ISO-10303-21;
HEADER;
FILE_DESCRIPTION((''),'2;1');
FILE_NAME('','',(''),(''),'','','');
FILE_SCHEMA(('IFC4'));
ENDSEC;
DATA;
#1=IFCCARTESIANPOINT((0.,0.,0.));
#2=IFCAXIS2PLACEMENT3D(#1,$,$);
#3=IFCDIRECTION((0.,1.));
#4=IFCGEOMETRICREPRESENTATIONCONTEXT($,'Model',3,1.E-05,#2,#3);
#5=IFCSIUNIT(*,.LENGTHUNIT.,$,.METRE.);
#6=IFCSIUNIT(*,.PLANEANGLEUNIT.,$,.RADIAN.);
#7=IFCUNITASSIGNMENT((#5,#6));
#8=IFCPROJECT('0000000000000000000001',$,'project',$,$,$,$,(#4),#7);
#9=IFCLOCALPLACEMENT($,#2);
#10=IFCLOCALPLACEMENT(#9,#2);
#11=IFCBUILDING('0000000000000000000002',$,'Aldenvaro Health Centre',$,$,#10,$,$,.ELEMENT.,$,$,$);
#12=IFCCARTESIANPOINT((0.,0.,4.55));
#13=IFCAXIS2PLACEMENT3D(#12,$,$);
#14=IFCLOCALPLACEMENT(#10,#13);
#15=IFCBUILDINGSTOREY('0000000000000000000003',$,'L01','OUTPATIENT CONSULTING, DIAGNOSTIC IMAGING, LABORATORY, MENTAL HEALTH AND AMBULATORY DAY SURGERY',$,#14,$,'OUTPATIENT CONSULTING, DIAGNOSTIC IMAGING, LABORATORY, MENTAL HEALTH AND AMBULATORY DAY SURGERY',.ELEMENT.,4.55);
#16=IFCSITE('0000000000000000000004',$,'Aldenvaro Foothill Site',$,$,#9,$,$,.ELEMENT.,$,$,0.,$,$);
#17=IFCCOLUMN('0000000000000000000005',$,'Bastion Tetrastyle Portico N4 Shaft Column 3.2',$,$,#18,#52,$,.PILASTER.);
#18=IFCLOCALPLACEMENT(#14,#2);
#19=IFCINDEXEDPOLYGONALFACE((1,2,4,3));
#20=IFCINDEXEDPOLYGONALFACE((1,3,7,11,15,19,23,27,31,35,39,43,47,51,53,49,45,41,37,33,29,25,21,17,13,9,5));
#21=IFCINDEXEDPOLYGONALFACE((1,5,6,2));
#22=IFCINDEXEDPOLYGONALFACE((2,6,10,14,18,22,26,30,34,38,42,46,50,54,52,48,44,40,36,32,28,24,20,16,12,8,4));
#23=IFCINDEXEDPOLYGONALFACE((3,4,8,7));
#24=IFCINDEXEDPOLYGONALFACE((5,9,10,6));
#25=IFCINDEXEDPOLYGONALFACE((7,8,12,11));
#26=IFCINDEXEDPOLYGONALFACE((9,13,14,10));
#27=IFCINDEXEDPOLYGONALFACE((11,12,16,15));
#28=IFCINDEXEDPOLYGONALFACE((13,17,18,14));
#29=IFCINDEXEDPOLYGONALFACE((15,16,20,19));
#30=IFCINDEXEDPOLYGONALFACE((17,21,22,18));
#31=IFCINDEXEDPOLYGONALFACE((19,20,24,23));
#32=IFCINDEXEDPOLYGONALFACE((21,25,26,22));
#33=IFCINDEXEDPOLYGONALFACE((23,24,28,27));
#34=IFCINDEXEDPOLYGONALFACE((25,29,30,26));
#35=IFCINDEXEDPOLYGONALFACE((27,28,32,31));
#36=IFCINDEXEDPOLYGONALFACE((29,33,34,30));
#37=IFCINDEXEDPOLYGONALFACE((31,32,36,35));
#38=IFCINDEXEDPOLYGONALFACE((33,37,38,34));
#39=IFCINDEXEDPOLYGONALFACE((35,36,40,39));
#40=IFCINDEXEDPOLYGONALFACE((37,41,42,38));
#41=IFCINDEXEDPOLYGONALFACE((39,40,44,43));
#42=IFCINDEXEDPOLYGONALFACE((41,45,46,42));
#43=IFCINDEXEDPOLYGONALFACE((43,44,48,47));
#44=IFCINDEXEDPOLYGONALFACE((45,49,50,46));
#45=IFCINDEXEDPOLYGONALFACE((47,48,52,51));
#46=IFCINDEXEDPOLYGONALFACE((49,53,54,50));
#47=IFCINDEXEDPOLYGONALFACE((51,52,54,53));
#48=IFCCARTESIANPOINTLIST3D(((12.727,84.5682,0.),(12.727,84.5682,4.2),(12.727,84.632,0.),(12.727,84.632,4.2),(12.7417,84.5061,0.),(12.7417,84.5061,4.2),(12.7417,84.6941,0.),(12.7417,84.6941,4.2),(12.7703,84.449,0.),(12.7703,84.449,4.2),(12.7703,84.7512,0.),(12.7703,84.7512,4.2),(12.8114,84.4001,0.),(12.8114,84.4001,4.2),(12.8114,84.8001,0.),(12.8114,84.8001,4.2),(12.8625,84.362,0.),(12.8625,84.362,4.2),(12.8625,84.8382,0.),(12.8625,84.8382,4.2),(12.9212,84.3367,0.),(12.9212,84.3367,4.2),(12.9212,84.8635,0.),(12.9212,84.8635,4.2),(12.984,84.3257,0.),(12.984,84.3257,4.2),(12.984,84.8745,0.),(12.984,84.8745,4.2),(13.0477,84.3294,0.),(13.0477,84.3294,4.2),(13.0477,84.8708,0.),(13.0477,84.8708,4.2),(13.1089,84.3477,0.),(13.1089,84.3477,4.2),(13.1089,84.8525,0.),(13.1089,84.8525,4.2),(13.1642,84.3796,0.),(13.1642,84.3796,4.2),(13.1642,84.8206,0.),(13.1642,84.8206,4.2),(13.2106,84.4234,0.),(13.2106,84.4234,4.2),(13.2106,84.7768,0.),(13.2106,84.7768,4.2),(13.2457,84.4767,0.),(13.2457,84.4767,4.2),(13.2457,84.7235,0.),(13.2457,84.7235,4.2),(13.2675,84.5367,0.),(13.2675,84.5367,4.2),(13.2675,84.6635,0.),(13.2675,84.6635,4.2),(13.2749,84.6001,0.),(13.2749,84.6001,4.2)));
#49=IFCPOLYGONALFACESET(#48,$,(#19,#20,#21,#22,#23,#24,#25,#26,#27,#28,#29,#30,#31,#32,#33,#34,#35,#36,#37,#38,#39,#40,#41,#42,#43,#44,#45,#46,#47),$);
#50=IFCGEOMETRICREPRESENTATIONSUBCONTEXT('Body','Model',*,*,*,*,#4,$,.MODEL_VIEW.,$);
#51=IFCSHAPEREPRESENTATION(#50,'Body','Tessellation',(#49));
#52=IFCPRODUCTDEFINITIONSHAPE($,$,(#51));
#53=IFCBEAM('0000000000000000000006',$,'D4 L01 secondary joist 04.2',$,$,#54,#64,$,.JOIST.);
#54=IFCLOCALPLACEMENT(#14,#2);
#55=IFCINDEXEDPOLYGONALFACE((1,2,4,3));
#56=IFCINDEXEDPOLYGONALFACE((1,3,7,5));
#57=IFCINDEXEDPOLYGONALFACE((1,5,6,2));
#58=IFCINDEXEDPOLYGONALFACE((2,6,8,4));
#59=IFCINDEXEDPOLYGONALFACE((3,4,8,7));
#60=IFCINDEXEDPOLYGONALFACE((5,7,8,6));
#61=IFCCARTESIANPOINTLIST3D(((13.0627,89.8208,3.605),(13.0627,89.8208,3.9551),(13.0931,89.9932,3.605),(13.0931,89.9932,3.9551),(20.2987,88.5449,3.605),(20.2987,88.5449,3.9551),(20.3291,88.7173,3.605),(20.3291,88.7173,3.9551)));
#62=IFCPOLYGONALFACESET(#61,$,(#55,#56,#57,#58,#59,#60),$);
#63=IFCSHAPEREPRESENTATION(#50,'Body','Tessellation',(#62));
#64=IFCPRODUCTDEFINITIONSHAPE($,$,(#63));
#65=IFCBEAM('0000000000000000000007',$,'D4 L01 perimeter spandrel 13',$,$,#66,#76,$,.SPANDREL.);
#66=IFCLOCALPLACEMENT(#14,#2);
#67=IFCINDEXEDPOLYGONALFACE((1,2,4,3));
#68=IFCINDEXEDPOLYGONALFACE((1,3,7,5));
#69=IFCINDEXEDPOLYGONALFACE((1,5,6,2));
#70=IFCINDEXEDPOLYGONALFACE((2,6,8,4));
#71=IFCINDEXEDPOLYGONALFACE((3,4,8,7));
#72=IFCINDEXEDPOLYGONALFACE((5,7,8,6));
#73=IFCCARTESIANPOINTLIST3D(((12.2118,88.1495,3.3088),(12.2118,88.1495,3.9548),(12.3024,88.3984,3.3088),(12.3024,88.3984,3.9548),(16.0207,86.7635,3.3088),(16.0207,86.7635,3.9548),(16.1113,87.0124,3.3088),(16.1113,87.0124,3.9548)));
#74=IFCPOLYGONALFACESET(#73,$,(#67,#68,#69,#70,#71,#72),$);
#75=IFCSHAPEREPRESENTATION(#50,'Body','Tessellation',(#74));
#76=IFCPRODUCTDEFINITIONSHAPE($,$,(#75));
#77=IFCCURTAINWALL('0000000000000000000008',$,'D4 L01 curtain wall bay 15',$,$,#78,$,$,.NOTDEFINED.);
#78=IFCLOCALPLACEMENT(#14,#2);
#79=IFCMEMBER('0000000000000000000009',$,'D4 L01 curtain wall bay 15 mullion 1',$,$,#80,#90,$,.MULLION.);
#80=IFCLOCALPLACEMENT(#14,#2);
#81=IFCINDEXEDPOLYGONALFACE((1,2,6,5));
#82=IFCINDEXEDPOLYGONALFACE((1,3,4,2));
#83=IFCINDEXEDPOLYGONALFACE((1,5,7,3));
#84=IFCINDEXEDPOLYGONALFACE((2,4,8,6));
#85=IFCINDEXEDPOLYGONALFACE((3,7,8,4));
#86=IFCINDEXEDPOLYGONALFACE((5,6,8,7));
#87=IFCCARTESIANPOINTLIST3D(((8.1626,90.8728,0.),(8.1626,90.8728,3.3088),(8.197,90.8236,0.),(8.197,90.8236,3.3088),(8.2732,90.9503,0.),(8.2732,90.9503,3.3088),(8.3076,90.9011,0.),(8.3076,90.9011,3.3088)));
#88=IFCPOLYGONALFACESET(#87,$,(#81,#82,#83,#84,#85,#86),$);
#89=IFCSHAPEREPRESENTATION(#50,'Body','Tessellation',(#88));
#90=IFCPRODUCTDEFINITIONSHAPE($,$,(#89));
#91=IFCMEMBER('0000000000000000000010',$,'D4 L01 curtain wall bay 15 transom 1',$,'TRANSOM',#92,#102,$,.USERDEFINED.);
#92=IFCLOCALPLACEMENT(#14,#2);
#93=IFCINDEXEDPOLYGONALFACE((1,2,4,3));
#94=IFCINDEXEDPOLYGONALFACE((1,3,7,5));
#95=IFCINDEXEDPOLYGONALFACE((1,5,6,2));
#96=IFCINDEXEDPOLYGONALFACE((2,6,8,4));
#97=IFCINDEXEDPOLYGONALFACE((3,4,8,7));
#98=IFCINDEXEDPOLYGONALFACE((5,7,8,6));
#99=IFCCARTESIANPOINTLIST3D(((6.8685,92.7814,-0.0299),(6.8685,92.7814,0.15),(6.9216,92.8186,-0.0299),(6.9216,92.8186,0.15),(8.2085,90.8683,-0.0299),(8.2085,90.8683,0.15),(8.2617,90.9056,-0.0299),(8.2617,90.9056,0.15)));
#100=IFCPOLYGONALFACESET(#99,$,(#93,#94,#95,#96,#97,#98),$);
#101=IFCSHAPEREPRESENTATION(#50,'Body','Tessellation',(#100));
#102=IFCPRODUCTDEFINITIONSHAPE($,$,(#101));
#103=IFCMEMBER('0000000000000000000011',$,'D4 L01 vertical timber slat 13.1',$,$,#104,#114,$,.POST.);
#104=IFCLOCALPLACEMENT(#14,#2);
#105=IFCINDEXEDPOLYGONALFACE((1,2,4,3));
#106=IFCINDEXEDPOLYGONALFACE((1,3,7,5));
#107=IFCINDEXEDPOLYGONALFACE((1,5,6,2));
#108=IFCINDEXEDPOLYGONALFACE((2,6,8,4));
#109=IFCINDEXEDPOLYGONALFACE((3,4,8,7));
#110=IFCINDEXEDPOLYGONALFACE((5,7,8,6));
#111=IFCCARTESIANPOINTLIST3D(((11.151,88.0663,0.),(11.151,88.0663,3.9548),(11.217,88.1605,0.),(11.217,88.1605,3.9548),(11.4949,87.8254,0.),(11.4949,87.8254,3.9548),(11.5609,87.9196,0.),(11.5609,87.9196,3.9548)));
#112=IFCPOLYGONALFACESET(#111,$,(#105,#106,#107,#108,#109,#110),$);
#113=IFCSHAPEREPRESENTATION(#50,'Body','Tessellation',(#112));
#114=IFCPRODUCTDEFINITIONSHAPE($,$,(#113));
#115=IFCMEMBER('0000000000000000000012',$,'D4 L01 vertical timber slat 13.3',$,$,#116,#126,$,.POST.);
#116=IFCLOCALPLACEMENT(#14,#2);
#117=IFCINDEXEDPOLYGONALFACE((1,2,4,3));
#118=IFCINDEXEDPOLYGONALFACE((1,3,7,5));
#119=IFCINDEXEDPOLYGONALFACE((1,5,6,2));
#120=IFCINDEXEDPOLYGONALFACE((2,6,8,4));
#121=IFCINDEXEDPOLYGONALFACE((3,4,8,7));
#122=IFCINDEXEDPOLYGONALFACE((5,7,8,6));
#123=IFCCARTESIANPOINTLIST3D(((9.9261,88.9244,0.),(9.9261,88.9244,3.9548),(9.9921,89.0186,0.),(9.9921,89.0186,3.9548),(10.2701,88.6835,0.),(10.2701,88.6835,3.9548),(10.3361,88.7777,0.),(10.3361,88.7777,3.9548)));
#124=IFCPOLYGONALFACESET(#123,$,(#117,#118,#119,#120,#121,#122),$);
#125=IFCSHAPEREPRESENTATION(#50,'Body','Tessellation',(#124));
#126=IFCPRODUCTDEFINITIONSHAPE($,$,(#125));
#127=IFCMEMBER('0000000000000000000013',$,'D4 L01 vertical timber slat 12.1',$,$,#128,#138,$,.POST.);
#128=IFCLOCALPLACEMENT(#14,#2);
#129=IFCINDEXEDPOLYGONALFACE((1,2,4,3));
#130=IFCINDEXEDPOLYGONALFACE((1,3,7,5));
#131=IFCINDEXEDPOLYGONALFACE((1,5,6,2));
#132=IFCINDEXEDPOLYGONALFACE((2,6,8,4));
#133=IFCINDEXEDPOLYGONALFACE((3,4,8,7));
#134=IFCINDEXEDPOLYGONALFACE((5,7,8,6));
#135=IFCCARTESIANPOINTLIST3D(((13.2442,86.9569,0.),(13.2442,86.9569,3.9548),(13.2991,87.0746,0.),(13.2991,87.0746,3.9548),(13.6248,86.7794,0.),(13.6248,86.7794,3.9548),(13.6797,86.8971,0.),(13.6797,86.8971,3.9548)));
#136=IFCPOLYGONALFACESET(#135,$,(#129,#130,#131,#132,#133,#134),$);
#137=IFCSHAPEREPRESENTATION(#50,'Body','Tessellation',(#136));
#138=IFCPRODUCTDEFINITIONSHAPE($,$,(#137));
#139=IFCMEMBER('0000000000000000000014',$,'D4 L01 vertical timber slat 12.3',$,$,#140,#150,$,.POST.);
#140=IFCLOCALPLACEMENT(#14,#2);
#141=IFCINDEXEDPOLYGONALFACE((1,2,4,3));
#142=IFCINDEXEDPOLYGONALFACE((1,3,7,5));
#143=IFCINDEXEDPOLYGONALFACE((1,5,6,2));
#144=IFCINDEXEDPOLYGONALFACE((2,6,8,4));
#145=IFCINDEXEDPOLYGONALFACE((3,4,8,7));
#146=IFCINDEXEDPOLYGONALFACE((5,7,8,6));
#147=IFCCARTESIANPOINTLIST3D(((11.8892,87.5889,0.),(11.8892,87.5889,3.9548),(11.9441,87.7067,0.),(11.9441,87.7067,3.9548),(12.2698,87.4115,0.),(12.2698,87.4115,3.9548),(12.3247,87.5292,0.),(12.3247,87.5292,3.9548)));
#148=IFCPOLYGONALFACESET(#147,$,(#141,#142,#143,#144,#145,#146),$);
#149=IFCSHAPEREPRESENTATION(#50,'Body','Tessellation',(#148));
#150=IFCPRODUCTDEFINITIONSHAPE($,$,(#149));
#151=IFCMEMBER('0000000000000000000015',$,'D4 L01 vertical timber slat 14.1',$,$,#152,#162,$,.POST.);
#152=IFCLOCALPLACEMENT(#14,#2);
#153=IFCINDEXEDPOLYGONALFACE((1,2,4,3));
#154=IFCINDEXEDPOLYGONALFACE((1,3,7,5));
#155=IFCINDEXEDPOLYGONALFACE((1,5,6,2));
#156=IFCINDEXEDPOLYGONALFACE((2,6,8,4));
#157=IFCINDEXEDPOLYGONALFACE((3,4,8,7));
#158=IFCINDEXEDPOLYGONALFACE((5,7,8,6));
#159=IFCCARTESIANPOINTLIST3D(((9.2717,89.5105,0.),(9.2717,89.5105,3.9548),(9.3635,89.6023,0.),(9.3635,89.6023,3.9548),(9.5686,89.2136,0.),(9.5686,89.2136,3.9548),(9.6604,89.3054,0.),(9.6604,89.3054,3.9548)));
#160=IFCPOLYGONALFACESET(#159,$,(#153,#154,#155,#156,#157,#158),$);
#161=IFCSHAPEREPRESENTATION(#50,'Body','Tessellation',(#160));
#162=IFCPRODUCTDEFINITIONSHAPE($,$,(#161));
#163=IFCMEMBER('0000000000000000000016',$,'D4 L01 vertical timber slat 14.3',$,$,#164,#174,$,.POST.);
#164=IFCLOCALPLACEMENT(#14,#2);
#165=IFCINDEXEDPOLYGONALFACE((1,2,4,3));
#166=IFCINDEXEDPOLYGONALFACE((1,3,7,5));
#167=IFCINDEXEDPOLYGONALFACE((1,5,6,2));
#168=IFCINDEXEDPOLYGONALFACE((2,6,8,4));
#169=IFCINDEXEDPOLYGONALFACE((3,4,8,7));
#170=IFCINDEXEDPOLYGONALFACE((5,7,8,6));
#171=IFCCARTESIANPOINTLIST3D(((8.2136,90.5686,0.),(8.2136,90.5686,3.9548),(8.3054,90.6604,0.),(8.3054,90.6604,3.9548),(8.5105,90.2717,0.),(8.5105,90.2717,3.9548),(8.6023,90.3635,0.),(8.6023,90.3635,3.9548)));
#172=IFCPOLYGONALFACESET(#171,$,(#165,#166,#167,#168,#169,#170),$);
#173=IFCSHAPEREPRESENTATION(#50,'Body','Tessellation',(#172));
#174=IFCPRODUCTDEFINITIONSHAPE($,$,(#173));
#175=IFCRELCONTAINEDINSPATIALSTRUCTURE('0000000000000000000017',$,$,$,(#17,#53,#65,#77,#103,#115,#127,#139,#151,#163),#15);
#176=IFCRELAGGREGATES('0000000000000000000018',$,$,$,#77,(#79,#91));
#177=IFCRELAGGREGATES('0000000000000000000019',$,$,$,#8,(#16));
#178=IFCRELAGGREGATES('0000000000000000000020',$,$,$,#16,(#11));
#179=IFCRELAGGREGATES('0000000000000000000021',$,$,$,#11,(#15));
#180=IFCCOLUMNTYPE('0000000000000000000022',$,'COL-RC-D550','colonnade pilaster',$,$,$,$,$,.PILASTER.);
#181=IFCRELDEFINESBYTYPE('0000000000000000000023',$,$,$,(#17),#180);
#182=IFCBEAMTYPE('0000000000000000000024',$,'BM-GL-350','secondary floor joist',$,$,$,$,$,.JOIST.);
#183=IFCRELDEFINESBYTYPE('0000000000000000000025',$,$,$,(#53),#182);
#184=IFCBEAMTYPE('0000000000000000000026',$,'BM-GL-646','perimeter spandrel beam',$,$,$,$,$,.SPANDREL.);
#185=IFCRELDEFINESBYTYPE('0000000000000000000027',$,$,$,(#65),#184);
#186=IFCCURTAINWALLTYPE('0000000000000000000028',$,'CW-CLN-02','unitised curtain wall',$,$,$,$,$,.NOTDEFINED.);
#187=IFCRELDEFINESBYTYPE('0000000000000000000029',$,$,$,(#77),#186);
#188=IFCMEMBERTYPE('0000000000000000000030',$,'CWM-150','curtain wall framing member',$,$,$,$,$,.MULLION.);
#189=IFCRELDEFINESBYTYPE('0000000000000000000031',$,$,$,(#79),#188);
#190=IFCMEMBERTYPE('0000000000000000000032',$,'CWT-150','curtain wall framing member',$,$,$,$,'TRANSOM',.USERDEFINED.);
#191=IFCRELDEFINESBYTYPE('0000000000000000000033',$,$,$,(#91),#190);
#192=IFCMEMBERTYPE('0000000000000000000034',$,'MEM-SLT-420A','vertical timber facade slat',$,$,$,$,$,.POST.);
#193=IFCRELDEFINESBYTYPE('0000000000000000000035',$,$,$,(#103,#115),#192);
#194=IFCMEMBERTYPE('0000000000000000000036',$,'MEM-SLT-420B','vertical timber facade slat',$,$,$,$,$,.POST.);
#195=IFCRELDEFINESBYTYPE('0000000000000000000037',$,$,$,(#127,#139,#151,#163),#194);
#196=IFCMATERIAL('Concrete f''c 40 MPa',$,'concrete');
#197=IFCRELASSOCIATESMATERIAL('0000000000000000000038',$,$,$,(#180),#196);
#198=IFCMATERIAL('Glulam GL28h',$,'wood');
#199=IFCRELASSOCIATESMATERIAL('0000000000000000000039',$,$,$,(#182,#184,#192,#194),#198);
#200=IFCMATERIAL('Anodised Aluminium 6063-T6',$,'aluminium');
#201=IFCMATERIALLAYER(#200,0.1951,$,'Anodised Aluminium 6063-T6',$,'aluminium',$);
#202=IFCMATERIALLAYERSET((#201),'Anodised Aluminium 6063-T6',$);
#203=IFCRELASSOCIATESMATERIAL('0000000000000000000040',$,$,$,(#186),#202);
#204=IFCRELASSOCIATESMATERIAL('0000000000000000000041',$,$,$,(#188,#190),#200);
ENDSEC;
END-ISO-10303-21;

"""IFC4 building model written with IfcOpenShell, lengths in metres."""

from ifc_helpers import new_model, si_unit, direction, frame, origin, origin_2d, place, context, subcontext, project, spatial, rectangle, circle, extrude, material, layer, layer_set, material_profile, profile_set, type_object, element, aggregate, save


model = new_model("IFC4")

# Units and contexts
model_context = context("Model", 3, precision=1e-05, world=origin(), true_north=direction((0.0, 1.0)))
body_context = subcontext(model_context, "Body", "Model", "MODEL_VIEW")
ifc_project = project(units=[si_unit("LENGTHUNIT", "METRE"), si_unit("PLANEANGLEUNIT", "RADIAN")], contexts=[model_context])

# Site, building, storey
site_placement = place(None, origin())
site = spatial("IfcSite", under=ifc_project, at=site_placement, Name="Aldenvaro Foothill Site", CompositionType="ELEMENT", RefElevation=0.0)
building_placement = place(site_placement, origin())
building = spatial("IfcBuilding", under=site, at=building_placement, Name="Aldenvaro Health Centre", CompositionType="ELEMENT")
storey_placement = place(building_placement, frame((0.0, 0.0, 4.55)))
storey = spatial("IfcBuildingStorey", under=building, at=storey_placement, Name="L01", Description="OUTPATIENT CONSULTING, DIAGNOSTIC IMAGING, LABORATORY, MENTAL HEALTH AND AMBULATORY DAY SURGERY", LongName="OUTPATIENT CONSULTING, DIAGNOSTIC IMAGING, LABORATORY, MENTAL HEALTH AND AMBULATORY DAY SURGERY", CompositionType="ELEMENT", Elevation=4.55)

# Column
ifc_material_1 = material(Name="Glulam GL28h", Category="wood")
ifc_material_2 = material(Name="Concrete f'c 40 MPa", Category="concrete")
ifc_material_profile_1 = material_profile(ifc_material_2, circle(Radius=0.2749, at=origin_2d()), Name="RC D550", Category="concrete")
ifc_profile_set_1 = profile_set([ifc_material_profile_1], Name="Concrete f'c 40 MPa")
column_type_1 = type_object("IfcColumnType", Name="COL-RC-D550", Description="colonnade pilaster", PredefinedType="PILASTER", material=ifc_profile_set_1)
for number, where, z_axis, x_axis, name in (
    (1, (13.0, 84.6001, 0.0), (0.0, 0.0, 1.0), (1.0, 0.0, 0.0), "Bastion Tetrastyle Portico N4 Shaft Column 3.2"),
):
    element("IfcColumn", number, at=place(storey_placement, frame(where, z_axis=z_axis, x_axis=x_axis)), inside=storey, type_object=column_type_1, Name=name, PredefinedType="PILASTER", context=body_context, shape_type="SweptSolid", body=[
        extrude(circle(Radius=0.2749, at=origin_2d()), origin(), (0.0, 0.0, 1.0), 4.2),
    ])

# Beams
ifc_material_profile_2 = material_profile(ifc_material_1, rectangle(XDim=0.175, YDim=0.3501, at=origin_2d()), Name="GL 175x350", Category="wood")
ifc_profile_set_2 = profile_set([ifc_material_profile_2], Name="Glulam GL28h")
beam_type_1 = type_object("IfcBeamType", Name="BM-GL-350", Description="secondary floor joist", PredefinedType="JOIST", material=ifc_profile_set_2)
beam_1_placement = place(storey_placement, frame((13.0779, 89.907, 3.78), z_axis=(0.984809, -0.173643, 0.0), x_axis=(0.173643, 0.984809, 0.0)))
element("IfcBeam", 2, at=beam_1_placement, inside=storey, type_object=beam_type_1, Name="D4 L01 secondary joist 04.2", PredefinedType="JOIST", context=body_context, shape_type="SweptSolid", body=[
    extrude(rectangle(XDim=0.175, YDim=0.3501, at=origin_2d()), origin(), (0.0, 0.0, 1.0), 7.3477),
])
ifc_material_profile_3 = material_profile(ifc_material_1, rectangle(XDim=0.2649, YDim=0.646, at=origin_2d()), Name="GL 265x646", Category="wood")
ifc_profile_set_3 = profile_set([ifc_material_profile_3], Name="Glulam GL28h")
beam_type_2 = type_object("IfcBeamType", Name="BM-GL-646", Description="perimeter spandrel beam", PredefinedType="SPANDREL", material=ifc_profile_set_3)
beam_2_placement = place(storey_placement, frame((12.2571, 88.2739, 3.6318), z_axis=(0.939718, -0.341951, 0.0), x_axis=(0.341951, 0.939718, 0.0)))
element("IfcBeam", 3, at=beam_2_placement, inside=storey, type_object=beam_type_2, Name="D4 L01 perimeter spandrel 13", PredefinedType="SPANDREL", context=body_context, shape_type="SweptSolid", body=[
    extrude(rectangle(XDim=0.2649, YDim=0.646, at=origin_2d()), origin(), (0.0, 0.0, 1.0), 4.0532),
])

# Curtain wall, members
ifc_material_3 = material(Name="Anodised Aluminium 6063-T6", Category="aluminium")
ifc_layer_1 = layer(ifc_material_3, 0.1951, Name="Anodised Aluminium 6063-T6", Category="aluminium")
ifc_layer_set_1 = layer_set([ifc_layer_1], Name="Anodised Aluminium 6063-T6")
curtain_wall_type = type_object("IfcCurtainWallType", Name="CW-CLN-02", Description="unitised curtain wall", PredefinedType="NOTDEFINED", material=ifc_layer_set_1)
curtain_wall_placement = place(storey_placement, origin())
curtain_wall = element("IfcCurtainWall", 4, at=curtain_wall_placement, inside=storey, type_object=curtain_wall_type, Name="D4 L01 curtain wall bay 15", PredefinedType="NOTDEFINED")
ifc_material_profile_4 = material_profile(ifc_material_3, rectangle(XDim=0.0601, YDim=0.135, at=origin_2d()), Name="ALU 60x135", Category="aluminium")
ifc_profile_set_4 = profile_set([ifc_material_profile_4], Name="Anodised Aluminium 6063-T6")
member_type_1 = type_object("IfcMemberType", Name="CWM-150", Description="curtain wall framing member", PredefinedType="MULLION", material=ifc_profile_set_4)
member_1_placement = place(storey_placement, frame((8.2351, 90.887, 0.0), z_axis=(0.0, 0.0, 1.0), x_axis=(-0.573721, 0.819051, 0.0)))
member_1 = element("IfcMember", 5, at=member_1_placement, type_object=member_type_1, Name="D4 L01 curtain wall bay 15 mullion 1", PredefinedType="MULLION", context=body_context, shape_type="SweptSolid", body=[
    extrude(rectangle(XDim=0.0601, YDim=0.135, at=origin_2d()), origin(), (0.0, 0.0, 1.0), 3.3088),
])
ifc_material_profile_5 = material_profile(ifc_material_3, rectangle(XDim=0.0649, YDim=0.1799, at=origin_2d()), Name="ALU 65x180", Category="aluminium")
ifc_profile_set_5 = profile_set([ifc_material_profile_5], Name="Anodised Aluminium 6063-T6")
member_type_2 = type_object("IfcMemberType", Name="CWT-150", Description="curtain wall framing member", ElementType="TRANSOM", PredefinedType="USERDEFINED", material=ifc_profile_set_5)
member_2_placement = place(storey_placement, frame((8.2351, 90.887, 0.0601), z_axis=(-0.573729, 0.819045, 0.0), x_axis=(-0.819045, -0.573729, 0.0)))
member_2 = element("IfcMember", 6, at=member_2_placement, type_object=member_type_2, Name="D4 L01 curtain wall bay 15 transom 1", ObjectType="TRANSOM", PredefinedType="USERDEFINED", context=body_context, shape_type="SweptSolid", body=[
    extrude(rectangle(XDim=0.0649, YDim=0.1799, at=origin_2d()), origin(), (0.0, 0.0, 1.0), 2.3357),
])
aggregate(curtain_wall, [member_1, member_2])

# Members
ifc_material_profile_6 = material_profile(ifc_material_1, rectangle(XDim=0.115, YDim=0.4199, at=origin_2d()), Name="GL 115x420", Category="wood")
ifc_profile_set_6 = profile_set([ifc_material_profile_6], Name="Glulam GL28h")
member_type_3 = type_object("IfcMemberType", Name="MEM-SLT-420A", Description="vertical timber facade slat", PredefinedType="POST", material=ifc_profile_set_6)
for number, where, z_axis, x_axis, name in (
    (7, (11.356, 87.9929, 0.0), (0.0, 0.0, 1.0), (-0.573721, -0.819051, 0.0), "D4 L01 vertical timber slat 13.1"),
    (8, (10.1311, 88.8511, 0.0), (0.0, 0.0, 1.0), (-0.573721, -0.819051, 0.0), "D4 L01 vertical timber slat 13.3"),
):
    element("IfcMember", number, at=place(storey_placement, frame(where, z_axis=z_axis, x_axis=x_axis)), inside=storey, type_object=member_type_3, Name=name, PredefinedType="POST", context=body_context, shape_type="SweptSolid", body=[
        extrude(rectangle(XDim=0.115, YDim=0.4199, at=origin_2d()), origin(), (0.0, 0.0, 1.0), 3.9548),
    ])
ifc_material_profile_7 = material_profile(ifc_material_1, rectangle(XDim=0.1299, YDim=0.4199, at=origin_2d()), Name="GL 130x420", Category="wood")
ifc_profile_set_7 = profile_set([ifc_material_profile_7], Name="Glulam GL28h")
member_type_4 = type_object("IfcMemberType", Name="MEM-SLT-420B", Description="vertical timber facade slat", PredefinedType="POST", material=ifc_profile_set_7)
for number, where, z_axis, x_axis, name in (
    (9, (13.4619, 86.927, 0.0), (0.0, 0.0, 1.0), (-0.422557, -0.906336, 0.0), "D4 L01 vertical timber slat 12.1"),
    (10, (12.1069, 87.5591, 0.0), (0.0, 0.0, 1.0), (-0.422557, -0.906336, 0.0), "D4 L01 vertical timber slat 12.3"),
    (11, (9.4661, 89.408, 0.0), (0.0, 0.0, 1.0), (-0.707107, -0.707107, 0.0), "D4 L01 vertical timber slat 14.1"),
    (12, (8.408, 90.4661, 0.0), (0.0, 0.0, 1.0), (-0.707107, -0.707107, 0.0), "D4 L01 vertical timber slat 14.3"),
):
    element("IfcMember", number, at=place(storey_placement, frame(where, z_axis=z_axis, x_axis=x_axis)), inside=storey, type_object=member_type_4, Name=name, PredefinedType="POST", context=body_context, shape_type="SweptSolid", body=[
        extrude(rectangle(XDim=0.1299, YDim=0.4199, at=origin_2d()), origin(), (0.0, 0.0, 1.0), 3.9548),
    ])

save(model, "model.ifc")
